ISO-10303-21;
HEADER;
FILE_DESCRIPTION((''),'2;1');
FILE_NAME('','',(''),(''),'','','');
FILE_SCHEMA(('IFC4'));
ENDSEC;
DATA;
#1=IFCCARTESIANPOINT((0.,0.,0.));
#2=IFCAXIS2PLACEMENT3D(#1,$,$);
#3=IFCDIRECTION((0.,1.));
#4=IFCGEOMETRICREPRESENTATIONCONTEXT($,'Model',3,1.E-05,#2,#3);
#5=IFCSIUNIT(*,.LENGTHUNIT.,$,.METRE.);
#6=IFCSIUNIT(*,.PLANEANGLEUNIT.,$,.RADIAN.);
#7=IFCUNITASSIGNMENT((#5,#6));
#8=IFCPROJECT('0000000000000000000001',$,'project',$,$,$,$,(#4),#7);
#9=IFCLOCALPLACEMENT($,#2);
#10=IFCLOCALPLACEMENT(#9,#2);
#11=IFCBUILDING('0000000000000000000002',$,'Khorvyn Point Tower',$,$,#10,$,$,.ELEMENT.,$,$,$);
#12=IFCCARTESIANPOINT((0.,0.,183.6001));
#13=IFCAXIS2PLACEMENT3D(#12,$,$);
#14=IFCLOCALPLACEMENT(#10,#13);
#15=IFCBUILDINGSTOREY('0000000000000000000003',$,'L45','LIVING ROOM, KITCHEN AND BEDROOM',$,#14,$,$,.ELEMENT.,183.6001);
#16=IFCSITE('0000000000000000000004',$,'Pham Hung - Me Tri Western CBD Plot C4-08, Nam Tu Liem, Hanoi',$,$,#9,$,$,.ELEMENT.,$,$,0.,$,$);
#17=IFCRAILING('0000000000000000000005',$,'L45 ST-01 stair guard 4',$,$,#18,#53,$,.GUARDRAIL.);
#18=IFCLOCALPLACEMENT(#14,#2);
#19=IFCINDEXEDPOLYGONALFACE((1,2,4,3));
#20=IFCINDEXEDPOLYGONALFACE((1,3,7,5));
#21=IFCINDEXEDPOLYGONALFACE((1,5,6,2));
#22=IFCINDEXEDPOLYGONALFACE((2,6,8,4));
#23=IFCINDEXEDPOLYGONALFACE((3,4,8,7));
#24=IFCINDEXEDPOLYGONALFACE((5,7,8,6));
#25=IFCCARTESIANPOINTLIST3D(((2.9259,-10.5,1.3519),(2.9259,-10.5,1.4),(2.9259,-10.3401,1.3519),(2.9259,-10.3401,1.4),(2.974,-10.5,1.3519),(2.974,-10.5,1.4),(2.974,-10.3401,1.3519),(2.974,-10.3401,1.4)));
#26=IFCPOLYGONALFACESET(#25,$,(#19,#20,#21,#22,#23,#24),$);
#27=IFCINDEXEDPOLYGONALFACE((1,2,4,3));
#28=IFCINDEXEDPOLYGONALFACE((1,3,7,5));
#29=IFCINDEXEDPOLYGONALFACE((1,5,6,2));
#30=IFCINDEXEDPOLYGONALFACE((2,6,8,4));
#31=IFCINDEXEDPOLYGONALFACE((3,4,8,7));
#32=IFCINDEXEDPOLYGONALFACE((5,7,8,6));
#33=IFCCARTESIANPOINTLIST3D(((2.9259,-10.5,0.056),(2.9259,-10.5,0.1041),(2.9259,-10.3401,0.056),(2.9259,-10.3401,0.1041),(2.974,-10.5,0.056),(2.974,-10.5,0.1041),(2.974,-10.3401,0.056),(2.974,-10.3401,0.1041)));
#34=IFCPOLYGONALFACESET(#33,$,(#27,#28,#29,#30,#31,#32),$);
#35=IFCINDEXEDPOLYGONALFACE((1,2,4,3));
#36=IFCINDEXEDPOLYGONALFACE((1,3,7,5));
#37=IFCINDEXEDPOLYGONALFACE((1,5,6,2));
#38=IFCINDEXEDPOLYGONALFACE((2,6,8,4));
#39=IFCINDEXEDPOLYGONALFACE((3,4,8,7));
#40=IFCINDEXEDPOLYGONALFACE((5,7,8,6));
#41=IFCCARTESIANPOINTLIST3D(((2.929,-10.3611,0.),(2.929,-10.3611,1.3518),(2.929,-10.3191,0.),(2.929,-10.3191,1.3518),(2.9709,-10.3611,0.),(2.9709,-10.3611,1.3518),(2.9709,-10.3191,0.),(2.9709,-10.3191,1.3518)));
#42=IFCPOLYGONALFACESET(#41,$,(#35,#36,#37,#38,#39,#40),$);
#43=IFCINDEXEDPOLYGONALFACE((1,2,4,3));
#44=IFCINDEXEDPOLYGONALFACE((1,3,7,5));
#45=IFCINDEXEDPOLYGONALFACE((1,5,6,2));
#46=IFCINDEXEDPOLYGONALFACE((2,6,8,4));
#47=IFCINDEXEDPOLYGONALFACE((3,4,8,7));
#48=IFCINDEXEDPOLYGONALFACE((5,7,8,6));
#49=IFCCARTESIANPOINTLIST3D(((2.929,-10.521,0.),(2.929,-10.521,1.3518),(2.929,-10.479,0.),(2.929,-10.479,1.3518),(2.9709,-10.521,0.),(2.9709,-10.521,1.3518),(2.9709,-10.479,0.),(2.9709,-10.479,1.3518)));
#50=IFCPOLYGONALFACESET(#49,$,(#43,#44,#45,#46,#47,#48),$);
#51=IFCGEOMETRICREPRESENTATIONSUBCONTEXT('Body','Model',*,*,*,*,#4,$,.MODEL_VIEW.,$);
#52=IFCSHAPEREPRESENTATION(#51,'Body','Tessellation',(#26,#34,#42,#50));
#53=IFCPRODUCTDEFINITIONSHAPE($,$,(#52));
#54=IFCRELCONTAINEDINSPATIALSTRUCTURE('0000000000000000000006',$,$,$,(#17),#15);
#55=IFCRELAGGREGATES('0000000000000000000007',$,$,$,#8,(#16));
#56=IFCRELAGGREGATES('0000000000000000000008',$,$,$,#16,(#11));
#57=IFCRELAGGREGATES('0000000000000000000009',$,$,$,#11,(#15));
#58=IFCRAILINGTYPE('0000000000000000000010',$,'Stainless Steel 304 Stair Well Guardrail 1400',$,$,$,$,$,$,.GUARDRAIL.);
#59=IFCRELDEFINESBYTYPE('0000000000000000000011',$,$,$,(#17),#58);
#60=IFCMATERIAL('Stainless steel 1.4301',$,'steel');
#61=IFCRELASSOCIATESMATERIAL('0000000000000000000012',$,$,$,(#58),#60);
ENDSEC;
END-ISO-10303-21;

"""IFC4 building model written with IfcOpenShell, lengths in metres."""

from ifc_helpers import new_model, si_unit, direction, frame, origin, origin_2d, place, context, subcontext, project, spatial, rectangle, extrude, material, type_object, element, save


model = new_model("IFC4")

# Units and contexts
model_context = context("Model", 3, precision=1e-05, world=origin(), true_north=direction((0.0, 1.0)))
body_context = subcontext(model_context, "Body", "Model", "MODEL_VIEW")
ifc_project = project(units=[si_unit("LENGTHUNIT", "METRE"), si_unit("PLANEANGLEUNIT", "RADIAN")], contexts=[model_context])

# Site, building, storey
site_placement = place(None, origin())
site = spatial("IfcSite", under=ifc_project, at=site_placement, Name="Pham Hung - Me Tri Western CBD Plot C4-08, Nam Tu Liem, Hanoi", CompositionType="ELEMENT", RefElevation=0.0)
building_placement = place(site_placement, origin())
building = spatial("IfcBuilding", under=site, at=building_placement, Name="Khorvyn Point Tower", CompositionType="ELEMENT")
storey_placement = place(building_placement, frame((0.0, 0.0, 183.6001)))
storey = spatial("IfcBuildingStorey", under=building, at=storey_placement, Name="L45", Description="LIVING ROOM, KITCHEN AND BEDROOM", CompositionType="ELEMENT", Elevation=183.6001)

# Shared definitions
ifc_material_1 = material(Name="Stainless steel 1.4301", Category="steel")

# Railing
railing_type_1 = type_object("IfcRailingType", Name="Stainless Steel 304 Stair Well Guardrail 1400", PredefinedType="GUARDRAIL", material=ifc_material_1)
railing_1_placement = place(storey_placement, frame((2.95, -10.3401, 0.0)))
element("IfcRailing", 1, at=railing_1_placement, inside=storey, type_object=railing_type_1, Name="L45 ST-01 stair guard 4", PredefinedType="GUARDRAIL", context=body_context, shape_type="SweptSolid", body=[
    extrude(rectangle(XDim=0.0481, YDim=0.0481, at=origin_2d()), frame((0.0, 0.0, 1.376), z_axis=(0.0, -1.0, 0.0), x_axis=(1.0, 0.0, 0.0)), (0.0, 0.0, 1.0), 0.1599),
    extrude(rectangle(XDim=0.0481, YDim=0.0481, at=origin_2d()), frame((0.0, 0.0, 0.0801), z_axis=(0.0, -1.0, 0.0), x_axis=(1.0, 0.0, 0.0)), (0.0, 0.0, 1.0), 0.1599),
    extrude(rectangle(XDim=0.042, YDim=0.042, at=origin_2d()), origin(), (0.0, 0.0, 1.0), 1.3518),
    extrude(rectangle(XDim=0.042, YDim=0.042, at=origin_2d()), frame((0.0, -0.1599, 0.0)), (0.0, 0.0, 1.0), 1.3518),
])

save(model, "model.ifc")
